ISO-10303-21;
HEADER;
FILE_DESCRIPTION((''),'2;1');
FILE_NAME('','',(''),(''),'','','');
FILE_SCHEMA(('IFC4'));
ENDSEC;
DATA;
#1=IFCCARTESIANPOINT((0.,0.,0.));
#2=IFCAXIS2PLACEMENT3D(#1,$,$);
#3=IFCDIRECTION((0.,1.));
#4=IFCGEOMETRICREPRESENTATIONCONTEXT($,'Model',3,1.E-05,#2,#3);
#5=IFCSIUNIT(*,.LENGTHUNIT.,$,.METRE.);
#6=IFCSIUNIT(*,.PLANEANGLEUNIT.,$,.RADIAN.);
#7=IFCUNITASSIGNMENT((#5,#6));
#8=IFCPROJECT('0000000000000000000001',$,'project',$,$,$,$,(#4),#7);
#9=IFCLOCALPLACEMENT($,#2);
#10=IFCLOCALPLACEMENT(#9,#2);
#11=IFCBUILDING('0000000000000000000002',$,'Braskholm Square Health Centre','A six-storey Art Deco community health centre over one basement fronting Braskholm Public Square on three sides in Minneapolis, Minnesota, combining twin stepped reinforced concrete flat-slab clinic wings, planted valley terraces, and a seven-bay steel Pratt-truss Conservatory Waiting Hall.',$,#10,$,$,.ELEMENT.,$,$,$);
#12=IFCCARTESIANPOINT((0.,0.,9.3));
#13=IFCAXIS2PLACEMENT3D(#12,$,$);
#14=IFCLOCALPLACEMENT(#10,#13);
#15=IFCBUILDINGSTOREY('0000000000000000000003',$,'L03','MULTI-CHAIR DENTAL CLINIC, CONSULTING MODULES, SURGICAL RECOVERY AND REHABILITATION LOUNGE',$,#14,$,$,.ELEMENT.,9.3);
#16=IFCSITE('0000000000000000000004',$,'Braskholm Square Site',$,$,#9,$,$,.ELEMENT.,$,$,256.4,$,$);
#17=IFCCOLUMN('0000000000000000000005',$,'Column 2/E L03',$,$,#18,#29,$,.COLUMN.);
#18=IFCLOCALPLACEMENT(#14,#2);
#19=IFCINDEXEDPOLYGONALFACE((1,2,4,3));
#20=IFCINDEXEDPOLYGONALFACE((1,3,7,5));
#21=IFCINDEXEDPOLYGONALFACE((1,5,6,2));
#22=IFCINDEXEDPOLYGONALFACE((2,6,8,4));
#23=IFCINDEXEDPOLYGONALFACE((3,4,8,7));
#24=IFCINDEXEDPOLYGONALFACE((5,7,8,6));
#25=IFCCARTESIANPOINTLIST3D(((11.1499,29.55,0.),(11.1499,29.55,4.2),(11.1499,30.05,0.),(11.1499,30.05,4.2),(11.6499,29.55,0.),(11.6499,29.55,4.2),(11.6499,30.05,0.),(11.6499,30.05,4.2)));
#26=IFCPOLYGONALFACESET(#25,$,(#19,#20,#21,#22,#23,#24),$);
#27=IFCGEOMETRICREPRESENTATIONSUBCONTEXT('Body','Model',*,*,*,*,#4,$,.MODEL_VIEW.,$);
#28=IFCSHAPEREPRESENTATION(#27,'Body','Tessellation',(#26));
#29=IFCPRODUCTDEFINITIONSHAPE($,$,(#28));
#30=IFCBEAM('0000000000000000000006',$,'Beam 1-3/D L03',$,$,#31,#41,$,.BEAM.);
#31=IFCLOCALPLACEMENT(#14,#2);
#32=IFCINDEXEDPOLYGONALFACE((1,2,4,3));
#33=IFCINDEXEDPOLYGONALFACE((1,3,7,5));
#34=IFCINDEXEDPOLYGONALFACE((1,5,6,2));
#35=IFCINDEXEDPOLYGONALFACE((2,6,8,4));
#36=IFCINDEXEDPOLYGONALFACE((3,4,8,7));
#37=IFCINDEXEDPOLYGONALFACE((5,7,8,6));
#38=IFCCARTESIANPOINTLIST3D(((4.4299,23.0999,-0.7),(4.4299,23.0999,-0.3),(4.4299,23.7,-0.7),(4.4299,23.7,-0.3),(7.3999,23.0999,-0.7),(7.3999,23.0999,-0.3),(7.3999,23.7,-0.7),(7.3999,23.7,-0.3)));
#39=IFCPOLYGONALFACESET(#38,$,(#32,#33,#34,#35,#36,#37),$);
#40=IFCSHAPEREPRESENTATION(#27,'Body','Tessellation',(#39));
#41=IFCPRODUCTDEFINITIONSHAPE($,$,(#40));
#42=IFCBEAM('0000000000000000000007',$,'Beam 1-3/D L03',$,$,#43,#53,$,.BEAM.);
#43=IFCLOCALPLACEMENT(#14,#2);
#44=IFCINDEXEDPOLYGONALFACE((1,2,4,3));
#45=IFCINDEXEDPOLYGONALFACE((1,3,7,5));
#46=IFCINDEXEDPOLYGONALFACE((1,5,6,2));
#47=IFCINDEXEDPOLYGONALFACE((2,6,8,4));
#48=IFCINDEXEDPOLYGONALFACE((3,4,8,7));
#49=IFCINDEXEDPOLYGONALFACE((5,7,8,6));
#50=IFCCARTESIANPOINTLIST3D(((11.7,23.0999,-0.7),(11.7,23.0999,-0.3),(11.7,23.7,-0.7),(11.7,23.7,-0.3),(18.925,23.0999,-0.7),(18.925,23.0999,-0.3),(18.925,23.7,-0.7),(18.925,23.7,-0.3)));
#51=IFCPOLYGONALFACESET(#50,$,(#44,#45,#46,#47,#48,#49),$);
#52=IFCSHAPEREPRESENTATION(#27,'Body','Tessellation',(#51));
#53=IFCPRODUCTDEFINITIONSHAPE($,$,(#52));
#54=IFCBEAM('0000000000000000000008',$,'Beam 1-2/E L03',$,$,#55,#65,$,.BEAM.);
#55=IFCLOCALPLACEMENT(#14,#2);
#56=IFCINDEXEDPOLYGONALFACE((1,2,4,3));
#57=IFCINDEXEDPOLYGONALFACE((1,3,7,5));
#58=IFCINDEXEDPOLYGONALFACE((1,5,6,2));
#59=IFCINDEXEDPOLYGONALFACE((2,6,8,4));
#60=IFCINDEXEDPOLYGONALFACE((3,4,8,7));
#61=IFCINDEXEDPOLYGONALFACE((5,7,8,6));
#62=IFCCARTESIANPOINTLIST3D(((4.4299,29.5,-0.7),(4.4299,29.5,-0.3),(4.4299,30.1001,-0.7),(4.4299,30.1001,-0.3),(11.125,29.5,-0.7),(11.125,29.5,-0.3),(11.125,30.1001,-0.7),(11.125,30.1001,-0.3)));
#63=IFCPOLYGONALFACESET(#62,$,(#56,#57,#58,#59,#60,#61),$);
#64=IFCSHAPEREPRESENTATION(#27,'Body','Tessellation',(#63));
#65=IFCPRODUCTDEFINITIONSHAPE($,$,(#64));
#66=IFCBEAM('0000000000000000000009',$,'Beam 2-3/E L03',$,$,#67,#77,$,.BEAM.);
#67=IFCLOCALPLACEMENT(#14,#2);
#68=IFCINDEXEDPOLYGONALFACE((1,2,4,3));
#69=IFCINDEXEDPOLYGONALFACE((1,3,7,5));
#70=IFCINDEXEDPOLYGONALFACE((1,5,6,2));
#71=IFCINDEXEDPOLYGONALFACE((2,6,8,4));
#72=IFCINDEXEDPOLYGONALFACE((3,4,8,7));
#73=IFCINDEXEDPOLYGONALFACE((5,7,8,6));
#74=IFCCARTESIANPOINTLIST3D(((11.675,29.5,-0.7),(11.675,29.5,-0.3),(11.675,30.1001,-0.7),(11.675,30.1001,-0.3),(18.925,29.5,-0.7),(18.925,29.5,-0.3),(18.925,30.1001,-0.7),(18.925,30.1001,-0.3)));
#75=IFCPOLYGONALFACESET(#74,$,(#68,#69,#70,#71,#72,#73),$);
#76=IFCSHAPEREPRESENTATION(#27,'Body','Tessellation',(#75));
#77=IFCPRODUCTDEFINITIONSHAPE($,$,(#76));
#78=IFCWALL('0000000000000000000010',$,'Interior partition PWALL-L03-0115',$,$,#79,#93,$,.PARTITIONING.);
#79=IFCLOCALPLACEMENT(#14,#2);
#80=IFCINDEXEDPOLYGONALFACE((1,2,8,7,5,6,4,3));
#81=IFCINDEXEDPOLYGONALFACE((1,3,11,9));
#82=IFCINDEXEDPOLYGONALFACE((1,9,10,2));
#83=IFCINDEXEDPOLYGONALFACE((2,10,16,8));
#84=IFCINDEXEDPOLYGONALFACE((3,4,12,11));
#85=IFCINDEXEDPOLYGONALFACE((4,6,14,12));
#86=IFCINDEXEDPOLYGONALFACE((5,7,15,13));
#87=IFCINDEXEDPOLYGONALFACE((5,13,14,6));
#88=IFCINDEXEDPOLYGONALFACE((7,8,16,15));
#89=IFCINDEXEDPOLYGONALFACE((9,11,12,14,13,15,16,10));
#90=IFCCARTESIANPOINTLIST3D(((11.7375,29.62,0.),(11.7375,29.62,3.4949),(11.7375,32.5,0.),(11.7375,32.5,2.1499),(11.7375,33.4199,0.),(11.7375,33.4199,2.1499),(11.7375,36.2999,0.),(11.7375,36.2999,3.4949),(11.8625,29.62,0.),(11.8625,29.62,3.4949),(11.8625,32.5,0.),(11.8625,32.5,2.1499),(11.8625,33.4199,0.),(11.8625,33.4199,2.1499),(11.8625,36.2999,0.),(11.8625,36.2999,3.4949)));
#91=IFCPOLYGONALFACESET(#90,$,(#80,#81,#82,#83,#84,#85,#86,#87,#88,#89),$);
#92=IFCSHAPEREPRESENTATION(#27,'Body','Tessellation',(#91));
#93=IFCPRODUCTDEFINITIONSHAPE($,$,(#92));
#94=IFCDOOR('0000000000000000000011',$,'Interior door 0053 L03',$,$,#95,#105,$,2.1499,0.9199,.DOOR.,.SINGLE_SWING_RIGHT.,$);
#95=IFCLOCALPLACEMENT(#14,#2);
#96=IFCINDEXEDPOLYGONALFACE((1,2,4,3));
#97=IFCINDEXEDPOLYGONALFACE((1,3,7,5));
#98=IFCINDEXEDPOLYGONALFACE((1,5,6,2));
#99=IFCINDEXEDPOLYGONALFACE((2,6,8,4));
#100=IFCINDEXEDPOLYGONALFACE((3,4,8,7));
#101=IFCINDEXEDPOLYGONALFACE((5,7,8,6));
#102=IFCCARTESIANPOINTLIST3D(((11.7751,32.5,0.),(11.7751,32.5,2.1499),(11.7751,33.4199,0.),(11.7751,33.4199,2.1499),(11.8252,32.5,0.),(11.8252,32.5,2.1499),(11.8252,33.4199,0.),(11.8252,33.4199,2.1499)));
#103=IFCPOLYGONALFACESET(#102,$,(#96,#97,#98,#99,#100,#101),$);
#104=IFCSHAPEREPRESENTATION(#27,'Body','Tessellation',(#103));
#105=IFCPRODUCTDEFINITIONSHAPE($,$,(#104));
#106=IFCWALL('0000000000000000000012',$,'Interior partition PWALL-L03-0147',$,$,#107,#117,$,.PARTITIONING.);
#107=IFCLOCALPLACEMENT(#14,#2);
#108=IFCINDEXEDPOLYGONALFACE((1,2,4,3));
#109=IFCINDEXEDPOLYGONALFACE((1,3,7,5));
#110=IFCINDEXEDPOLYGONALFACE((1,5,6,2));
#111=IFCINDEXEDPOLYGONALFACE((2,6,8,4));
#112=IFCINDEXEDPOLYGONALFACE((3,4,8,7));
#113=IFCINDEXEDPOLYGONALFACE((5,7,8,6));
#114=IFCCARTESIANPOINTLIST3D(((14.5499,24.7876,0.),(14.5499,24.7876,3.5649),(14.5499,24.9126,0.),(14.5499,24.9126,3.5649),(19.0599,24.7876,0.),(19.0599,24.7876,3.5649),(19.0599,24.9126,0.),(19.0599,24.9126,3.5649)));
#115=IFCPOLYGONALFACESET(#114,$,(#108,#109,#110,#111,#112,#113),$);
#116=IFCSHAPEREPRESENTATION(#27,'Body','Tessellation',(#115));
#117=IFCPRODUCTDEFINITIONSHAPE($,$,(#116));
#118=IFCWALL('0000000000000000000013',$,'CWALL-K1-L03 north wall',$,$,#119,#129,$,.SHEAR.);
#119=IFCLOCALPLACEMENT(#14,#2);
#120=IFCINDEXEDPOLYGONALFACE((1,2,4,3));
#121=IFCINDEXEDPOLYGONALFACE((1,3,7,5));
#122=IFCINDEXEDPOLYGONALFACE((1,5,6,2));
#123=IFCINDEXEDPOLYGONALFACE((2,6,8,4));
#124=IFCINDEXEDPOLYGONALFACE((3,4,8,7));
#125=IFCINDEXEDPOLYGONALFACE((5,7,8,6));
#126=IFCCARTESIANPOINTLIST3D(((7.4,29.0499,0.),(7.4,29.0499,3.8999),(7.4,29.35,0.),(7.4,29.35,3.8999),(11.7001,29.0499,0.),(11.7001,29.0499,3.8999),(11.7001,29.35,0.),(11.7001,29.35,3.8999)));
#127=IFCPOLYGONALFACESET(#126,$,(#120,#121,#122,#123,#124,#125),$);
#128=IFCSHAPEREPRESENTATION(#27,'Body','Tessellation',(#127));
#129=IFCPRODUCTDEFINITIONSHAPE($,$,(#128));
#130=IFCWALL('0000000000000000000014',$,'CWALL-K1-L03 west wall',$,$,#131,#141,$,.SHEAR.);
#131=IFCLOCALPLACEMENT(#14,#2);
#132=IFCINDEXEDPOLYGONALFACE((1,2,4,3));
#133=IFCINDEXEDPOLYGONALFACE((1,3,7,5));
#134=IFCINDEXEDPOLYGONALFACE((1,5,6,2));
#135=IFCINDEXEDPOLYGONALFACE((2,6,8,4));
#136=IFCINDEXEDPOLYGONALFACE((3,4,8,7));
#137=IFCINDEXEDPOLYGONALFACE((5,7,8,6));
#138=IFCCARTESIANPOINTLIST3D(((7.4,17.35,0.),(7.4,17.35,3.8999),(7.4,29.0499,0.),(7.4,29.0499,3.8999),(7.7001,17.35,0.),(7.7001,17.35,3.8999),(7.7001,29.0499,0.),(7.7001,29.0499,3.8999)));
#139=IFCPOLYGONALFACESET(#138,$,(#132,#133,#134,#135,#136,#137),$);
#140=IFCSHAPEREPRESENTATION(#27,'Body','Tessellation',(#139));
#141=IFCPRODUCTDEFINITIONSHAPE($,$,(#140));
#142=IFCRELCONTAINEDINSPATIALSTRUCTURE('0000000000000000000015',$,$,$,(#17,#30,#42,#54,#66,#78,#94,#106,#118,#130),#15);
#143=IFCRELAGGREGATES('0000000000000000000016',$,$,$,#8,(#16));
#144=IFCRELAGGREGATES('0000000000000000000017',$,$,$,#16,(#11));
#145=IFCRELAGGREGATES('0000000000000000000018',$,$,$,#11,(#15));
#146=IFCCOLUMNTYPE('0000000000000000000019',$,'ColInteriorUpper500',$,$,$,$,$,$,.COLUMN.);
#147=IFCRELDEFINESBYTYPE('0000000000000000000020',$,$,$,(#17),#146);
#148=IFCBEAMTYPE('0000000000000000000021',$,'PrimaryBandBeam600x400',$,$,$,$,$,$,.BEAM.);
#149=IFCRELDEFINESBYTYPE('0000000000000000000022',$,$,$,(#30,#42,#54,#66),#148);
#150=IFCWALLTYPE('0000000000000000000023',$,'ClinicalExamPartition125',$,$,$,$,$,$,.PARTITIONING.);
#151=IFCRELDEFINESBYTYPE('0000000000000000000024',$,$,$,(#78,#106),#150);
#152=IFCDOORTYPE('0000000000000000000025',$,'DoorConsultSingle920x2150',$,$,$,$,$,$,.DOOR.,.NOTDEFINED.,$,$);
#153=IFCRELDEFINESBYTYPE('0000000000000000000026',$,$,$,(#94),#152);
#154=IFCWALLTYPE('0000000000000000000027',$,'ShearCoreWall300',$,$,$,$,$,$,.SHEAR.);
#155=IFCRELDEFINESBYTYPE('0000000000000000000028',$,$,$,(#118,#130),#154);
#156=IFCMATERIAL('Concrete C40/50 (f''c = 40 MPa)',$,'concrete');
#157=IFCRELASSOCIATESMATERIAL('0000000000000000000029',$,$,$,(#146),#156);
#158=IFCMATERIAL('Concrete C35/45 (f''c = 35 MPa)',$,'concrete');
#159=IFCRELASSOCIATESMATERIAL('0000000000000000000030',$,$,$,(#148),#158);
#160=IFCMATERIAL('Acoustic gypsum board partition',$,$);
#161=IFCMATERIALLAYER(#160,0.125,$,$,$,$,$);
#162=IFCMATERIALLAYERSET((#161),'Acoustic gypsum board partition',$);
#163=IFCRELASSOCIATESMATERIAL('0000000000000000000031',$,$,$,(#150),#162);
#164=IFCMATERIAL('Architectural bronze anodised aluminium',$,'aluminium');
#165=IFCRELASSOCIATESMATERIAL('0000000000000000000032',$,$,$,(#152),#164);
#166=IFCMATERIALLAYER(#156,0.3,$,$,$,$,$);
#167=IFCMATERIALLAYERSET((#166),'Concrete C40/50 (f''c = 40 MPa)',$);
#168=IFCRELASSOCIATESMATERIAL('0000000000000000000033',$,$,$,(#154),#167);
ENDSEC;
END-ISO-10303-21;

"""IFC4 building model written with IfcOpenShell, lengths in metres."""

from ifc_helpers import new_model, si_unit, direction, frame, frame_2d, origin, origin_with_axes, origin_2d, place, context, subcontext, project, spatial, rectangle, extrude, material, layer, layer_set, material_profile, profile_set, type_object, element, fill, save


model = new_model("IFC4")

# Units and contexts
model_context = context("Model", 3, precision=1e-05, world=origin(), true_north=direction((0.0, 1.0)))
body_context = subcontext(model_context, "Body", "Model", "MODEL_VIEW")
ifc_project = project(units=[si_unit("LENGTHUNIT", "METRE"), si_unit("PLANEANGLEUNIT", "RADIAN")], contexts=[model_context])

# Site, building, storey
site_placement = place(None, origin())
site = spatial("IfcSite", under=ifc_project, at=site_placement, Name="Braskholm Square Site", CompositionType="ELEMENT", RefElevation=256.4)
building_placement = place(site_placement, origin())
building = spatial("IfcBuilding", under=site, at=building_placement, Name="Braskholm Square Health Centre", Description="A six-storey Art Deco community health centre over one basement fronting Braskholm Public Square on three sides in Minneapolis, Minnesota, combining twin stepped reinforced concrete flat-slab clinic wings, planted valley terraces, and a seven-bay steel Pratt-truss Conservatory Waiting Hall.", CompositionType="ELEMENT")
storey_placement = place(building_placement, frame((0.0, 0.0, 9.3)))
storey = spatial("IfcBuildingStorey", under=building, at=storey_placement, Name="L03", Description="MULTI-CHAIR DENTAL CLINIC, CONSULTING MODULES, SURGICAL RECOVERY AND REHABILITATION LOUNGE", CompositionType="ELEMENT", Elevation=9.3)

# Column
ifc_material_1 = material(Name="Concrete C40/50 (f'c = 40 MPa)", Category="concrete")
ifc_material_profile_1 = material_profile(ifc_material_1, rectangle(XDim=0.5, YDim=0.5, at=origin_2d()), Name="RC-500X500")
ifc_profile_set_1 = profile_set([ifc_material_profile_1], Name="Concrete C40/50 (f'c = 40 MPa)")
column_type = type_object("IfcColumnType", Name="ColInteriorUpper500", PredefinedType="COLUMN", material=ifc_profile_set_1)
column_placement = place(storey_placement, frame((11.3999, 29.8, 0.0), z_axis=(0.0, 0.0, 1.0), x_axis=(1.0, 0.0, 0.0)))
element("IfcColumn", 1, at=column_placement, inside=storey, type_object=column_type, Name="Column 2/E L03", PredefinedType="COLUMN", context=body_context, shape_type="SweptSolid", body=[
    extrude(rectangle(XDim=0.5, YDim=0.5, at=origin_2d()), origin(), (0.0, 0.0, 1.0), 4.2),
])

# Beams
ifc_material_2 = material(Name="Concrete C35/45 (f'c = 35 MPa)", Category="concrete")
ifc_material_profile_2 = material_profile(ifc_material_2, rectangle(XDim=0.6001, YDim=0.3999, at=origin_2d()), Name="RCB-600X400")
ifc_profile_set_2 = profile_set([ifc_material_profile_2], Name="Concrete C35/45 (f'c = 35 MPa)")
beam_type = type_object("IfcBeamType", Name="PrimaryBandBeam600x400", PredefinedType="BEAM", material=ifc_profile_set_2)
beam_1_placement = place(storey_placement, frame((4.4299, 23.3999, -0.5), z_axis=(1.0, 0.0, 0.0), x_axis=(0.0, 1.0, 0.0)))
element("IfcBeam", 2, at=beam_1_placement, inside=storey, type_object=beam_type, Name="Beam 1-3/D L03", PredefinedType="BEAM", context=body_context, shape_type="SweptSolid", body=[
    extrude(rectangle(XDim=0.6001, YDim=0.3999, at=origin_2d()), origin(), (0.0, 0.0, 1.0), 2.97),
])
beam_2_placement = place(storey_placement, frame((11.7, 23.3999, -0.5), z_axis=(1.0, 0.0, 0.0), x_axis=(0.0, 1.0, 0.0)))
element("IfcBeam", 3, at=beam_2_placement, inside=storey, type_object=beam_type, Name="Beam 1-3/D L03", PredefinedType="BEAM", context=body_context, shape_type="SweptSolid", body=[
    extrude(rectangle(XDim=0.6001, YDim=0.3999, at=origin_2d()), origin(), (0.0, 0.0, 1.0), 7.2251),
])
beam_3_placement = place(storey_placement, frame((4.4299, 29.8, -0.5), z_axis=(1.0, 0.0, 0.0), x_axis=(0.0, 1.0, 0.0)))
element("IfcBeam", 4, at=beam_3_placement, inside=storey, type_object=beam_type, Name="Beam 1-2/E L03", PredefinedType="BEAM", context=body_context, shape_type="SweptSolid", body=[
    extrude(rectangle(XDim=0.6001, YDim=0.3999, at=origin_2d()), origin(), (0.0, 0.0, 1.0), 6.6951),
])
beam_4_placement = place(storey_placement, frame((11.675, 29.8, -0.5), z_axis=(1.0, 0.0, 0.0), x_axis=(0.0, 1.0, 0.0)))
element("IfcBeam", 5, at=beam_4_placement, inside=storey, type_object=beam_type, Name="Beam 2-3/E L03", PredefinedType="BEAM", context=body_context, shape_type="SweptSolid", body=[
    extrude(rectangle(XDim=0.6001, YDim=0.3999, at=origin_2d()), origin(), (0.0, 0.0, 1.0), 7.25),
])

# Wall, opening, door
ifc_material_3 = material(Name="Acoustic gypsum board partition")
ifc_layer_1 = layer(ifc_material_3, 0.125)
ifc_layer_set_1 = layer_set([ifc_layer_1], Name="Acoustic gypsum board partition")
wall_type_1 = type_object("IfcWallType", Name="ClinicalExamPartition125", PredefinedType="PARTITIONING", material=ifc_layer_set_1)
wall_1_placement = place(storey_placement, frame((11.8, 29.6201, 0.0), z_axis=(0.0, 0.0, 1.0), x_axis=(0.0, 1.0, 0.0)))
wall_1 = element("IfcWall", 6, at=wall_1_placement, inside=storey, type_object=wall_type_1, Name="Interior partition PWALL-L03-0115", PredefinedType="PARTITIONING", context=body_context, shape_type="SweptSolid", body=[
    extrude(rectangle(XDim=6.6799, YDim=0.125, at=frame_2d((3.3398, 0.0))), origin(), (0.0, 0.0, 1.0), 3.4949),
])
opening_1_placement = place(wall_1_placement, frame((2.8799, 0.0, 0.0)))
opening_1 = element("IfcOpeningElement", 7, at=opening_1_placement, cuts=wall_1, PredefinedType="OPENING", context=body_context, shape_type="SweptSolid", body=[
    extrude(rectangle(XDim=0.9199, YDim=2.1499, at=frame_2d((0.46, 1.075))), frame((0.0, 0.0725, 0.0), z_axis=(0.0, -1.0, 0.0), x_axis=(1.0, 0.0, 0.0)), (0.0, 0.0, 1.0), 0.145),
])
ifc_material_4 = material(Name="Architectural bronze anodised aluminium", Category="aluminium")
door_type_1 = type_object("IfcDoorType", Name="DoorConsultSingle920x2150", OperationType="NOTDEFINED", PredefinedType="DOOR", material=ifc_material_4)
door_1_placement = place(opening_1_placement, origin_with_axes())
door_1 = element("IfcDoor", 8, at=door_1_placement, inside=storey, type_object=door_type_1, Name="Interior door 0053 L03", OperationType="SINGLE_SWING_RIGHT", OverallHeight=2.1499, OverallWidth=0.9199, PredefinedType="DOOR", context=body_context, shape_type="SweptSolid", body=[
    extrude(rectangle(XDim=0.9199, YDim=2.1499, at=frame_2d((0.46, 1.075))), frame((0.0, 0.0249, 0.0), z_axis=(0.0, -1.0, 0.0), x_axis=(1.0, 0.0, 0.0)), (0.0, 0.0, 1.0), 0.05),
])
fill(opening_1, door_1)

# Walls
wall_2_placement = place(storey_placement, frame((14.55, 24.8501, 0.0), z_axis=(0.0, 0.0, 1.0), x_axis=(1.0, 0.0, 0.0)))
element("IfcWall", 9, at=wall_2_placement, inside=storey, type_object=wall_type_1, Name="Interior partition PWALL-L03-0147", PredefinedType="PARTITIONING", context=body_context, shape_type="SweptSolid", body=[
    extrude(rectangle(XDim=4.51, YDim=0.125, at=frame_2d((2.2549, 0.0))), origin(), (0.0, 0.0, 1.0), 3.5649),
])
ifc_layer_2 = layer(ifc_material_1, 0.3)
ifc_layer_set_2 = layer_set([ifc_layer_2], Name="Concrete C40/50 (f'c = 40 MPa)")
wall_type_2 = type_object("IfcWallType", Name="ShearCoreWall300", PredefinedType="SHEAR", material=ifc_layer_set_2)
wall_3_placement = place(storey_placement, frame((11.7, 29.2, 0.0), z_axis=(0.0, 0.0, 1.0), x_axis=(-1.0, 0.0, 0.0)))
element("IfcWall", 10, at=wall_3_placement, inside=storey, type_object=wall_type_2, Name="CWALL-K1-L03 north wall", PredefinedType="SHEAR", context=body_context, shape_type="SweptSolid", body=[
    extrude(rectangle(XDim=4.3, YDim=0.3, at=frame_2d((2.1499, 0.0))), origin(), (0.0, 0.0, 1.0), 3.8999),
])
wall_4_placement = place(storey_placement, frame((7.55, 29.05, 0.0), z_axis=(0.0, 0.0, 1.0), x_axis=(0.0, -1.0, 0.0)))
element("IfcWall", 11, at=wall_4_placement, inside=storey, type_object=wall_type_2, Name="CWALL-K1-L03 west wall", PredefinedType="SHEAR", context=body_context, shape_type="SweptSolid", body=[
    extrude(rectangle(XDim=11.7, YDim=0.3, at=frame_2d((5.8501, 0.0))), origin(), (0.0, 0.0, 1.0), 3.8999),
])

save(model, "model.ifc")
